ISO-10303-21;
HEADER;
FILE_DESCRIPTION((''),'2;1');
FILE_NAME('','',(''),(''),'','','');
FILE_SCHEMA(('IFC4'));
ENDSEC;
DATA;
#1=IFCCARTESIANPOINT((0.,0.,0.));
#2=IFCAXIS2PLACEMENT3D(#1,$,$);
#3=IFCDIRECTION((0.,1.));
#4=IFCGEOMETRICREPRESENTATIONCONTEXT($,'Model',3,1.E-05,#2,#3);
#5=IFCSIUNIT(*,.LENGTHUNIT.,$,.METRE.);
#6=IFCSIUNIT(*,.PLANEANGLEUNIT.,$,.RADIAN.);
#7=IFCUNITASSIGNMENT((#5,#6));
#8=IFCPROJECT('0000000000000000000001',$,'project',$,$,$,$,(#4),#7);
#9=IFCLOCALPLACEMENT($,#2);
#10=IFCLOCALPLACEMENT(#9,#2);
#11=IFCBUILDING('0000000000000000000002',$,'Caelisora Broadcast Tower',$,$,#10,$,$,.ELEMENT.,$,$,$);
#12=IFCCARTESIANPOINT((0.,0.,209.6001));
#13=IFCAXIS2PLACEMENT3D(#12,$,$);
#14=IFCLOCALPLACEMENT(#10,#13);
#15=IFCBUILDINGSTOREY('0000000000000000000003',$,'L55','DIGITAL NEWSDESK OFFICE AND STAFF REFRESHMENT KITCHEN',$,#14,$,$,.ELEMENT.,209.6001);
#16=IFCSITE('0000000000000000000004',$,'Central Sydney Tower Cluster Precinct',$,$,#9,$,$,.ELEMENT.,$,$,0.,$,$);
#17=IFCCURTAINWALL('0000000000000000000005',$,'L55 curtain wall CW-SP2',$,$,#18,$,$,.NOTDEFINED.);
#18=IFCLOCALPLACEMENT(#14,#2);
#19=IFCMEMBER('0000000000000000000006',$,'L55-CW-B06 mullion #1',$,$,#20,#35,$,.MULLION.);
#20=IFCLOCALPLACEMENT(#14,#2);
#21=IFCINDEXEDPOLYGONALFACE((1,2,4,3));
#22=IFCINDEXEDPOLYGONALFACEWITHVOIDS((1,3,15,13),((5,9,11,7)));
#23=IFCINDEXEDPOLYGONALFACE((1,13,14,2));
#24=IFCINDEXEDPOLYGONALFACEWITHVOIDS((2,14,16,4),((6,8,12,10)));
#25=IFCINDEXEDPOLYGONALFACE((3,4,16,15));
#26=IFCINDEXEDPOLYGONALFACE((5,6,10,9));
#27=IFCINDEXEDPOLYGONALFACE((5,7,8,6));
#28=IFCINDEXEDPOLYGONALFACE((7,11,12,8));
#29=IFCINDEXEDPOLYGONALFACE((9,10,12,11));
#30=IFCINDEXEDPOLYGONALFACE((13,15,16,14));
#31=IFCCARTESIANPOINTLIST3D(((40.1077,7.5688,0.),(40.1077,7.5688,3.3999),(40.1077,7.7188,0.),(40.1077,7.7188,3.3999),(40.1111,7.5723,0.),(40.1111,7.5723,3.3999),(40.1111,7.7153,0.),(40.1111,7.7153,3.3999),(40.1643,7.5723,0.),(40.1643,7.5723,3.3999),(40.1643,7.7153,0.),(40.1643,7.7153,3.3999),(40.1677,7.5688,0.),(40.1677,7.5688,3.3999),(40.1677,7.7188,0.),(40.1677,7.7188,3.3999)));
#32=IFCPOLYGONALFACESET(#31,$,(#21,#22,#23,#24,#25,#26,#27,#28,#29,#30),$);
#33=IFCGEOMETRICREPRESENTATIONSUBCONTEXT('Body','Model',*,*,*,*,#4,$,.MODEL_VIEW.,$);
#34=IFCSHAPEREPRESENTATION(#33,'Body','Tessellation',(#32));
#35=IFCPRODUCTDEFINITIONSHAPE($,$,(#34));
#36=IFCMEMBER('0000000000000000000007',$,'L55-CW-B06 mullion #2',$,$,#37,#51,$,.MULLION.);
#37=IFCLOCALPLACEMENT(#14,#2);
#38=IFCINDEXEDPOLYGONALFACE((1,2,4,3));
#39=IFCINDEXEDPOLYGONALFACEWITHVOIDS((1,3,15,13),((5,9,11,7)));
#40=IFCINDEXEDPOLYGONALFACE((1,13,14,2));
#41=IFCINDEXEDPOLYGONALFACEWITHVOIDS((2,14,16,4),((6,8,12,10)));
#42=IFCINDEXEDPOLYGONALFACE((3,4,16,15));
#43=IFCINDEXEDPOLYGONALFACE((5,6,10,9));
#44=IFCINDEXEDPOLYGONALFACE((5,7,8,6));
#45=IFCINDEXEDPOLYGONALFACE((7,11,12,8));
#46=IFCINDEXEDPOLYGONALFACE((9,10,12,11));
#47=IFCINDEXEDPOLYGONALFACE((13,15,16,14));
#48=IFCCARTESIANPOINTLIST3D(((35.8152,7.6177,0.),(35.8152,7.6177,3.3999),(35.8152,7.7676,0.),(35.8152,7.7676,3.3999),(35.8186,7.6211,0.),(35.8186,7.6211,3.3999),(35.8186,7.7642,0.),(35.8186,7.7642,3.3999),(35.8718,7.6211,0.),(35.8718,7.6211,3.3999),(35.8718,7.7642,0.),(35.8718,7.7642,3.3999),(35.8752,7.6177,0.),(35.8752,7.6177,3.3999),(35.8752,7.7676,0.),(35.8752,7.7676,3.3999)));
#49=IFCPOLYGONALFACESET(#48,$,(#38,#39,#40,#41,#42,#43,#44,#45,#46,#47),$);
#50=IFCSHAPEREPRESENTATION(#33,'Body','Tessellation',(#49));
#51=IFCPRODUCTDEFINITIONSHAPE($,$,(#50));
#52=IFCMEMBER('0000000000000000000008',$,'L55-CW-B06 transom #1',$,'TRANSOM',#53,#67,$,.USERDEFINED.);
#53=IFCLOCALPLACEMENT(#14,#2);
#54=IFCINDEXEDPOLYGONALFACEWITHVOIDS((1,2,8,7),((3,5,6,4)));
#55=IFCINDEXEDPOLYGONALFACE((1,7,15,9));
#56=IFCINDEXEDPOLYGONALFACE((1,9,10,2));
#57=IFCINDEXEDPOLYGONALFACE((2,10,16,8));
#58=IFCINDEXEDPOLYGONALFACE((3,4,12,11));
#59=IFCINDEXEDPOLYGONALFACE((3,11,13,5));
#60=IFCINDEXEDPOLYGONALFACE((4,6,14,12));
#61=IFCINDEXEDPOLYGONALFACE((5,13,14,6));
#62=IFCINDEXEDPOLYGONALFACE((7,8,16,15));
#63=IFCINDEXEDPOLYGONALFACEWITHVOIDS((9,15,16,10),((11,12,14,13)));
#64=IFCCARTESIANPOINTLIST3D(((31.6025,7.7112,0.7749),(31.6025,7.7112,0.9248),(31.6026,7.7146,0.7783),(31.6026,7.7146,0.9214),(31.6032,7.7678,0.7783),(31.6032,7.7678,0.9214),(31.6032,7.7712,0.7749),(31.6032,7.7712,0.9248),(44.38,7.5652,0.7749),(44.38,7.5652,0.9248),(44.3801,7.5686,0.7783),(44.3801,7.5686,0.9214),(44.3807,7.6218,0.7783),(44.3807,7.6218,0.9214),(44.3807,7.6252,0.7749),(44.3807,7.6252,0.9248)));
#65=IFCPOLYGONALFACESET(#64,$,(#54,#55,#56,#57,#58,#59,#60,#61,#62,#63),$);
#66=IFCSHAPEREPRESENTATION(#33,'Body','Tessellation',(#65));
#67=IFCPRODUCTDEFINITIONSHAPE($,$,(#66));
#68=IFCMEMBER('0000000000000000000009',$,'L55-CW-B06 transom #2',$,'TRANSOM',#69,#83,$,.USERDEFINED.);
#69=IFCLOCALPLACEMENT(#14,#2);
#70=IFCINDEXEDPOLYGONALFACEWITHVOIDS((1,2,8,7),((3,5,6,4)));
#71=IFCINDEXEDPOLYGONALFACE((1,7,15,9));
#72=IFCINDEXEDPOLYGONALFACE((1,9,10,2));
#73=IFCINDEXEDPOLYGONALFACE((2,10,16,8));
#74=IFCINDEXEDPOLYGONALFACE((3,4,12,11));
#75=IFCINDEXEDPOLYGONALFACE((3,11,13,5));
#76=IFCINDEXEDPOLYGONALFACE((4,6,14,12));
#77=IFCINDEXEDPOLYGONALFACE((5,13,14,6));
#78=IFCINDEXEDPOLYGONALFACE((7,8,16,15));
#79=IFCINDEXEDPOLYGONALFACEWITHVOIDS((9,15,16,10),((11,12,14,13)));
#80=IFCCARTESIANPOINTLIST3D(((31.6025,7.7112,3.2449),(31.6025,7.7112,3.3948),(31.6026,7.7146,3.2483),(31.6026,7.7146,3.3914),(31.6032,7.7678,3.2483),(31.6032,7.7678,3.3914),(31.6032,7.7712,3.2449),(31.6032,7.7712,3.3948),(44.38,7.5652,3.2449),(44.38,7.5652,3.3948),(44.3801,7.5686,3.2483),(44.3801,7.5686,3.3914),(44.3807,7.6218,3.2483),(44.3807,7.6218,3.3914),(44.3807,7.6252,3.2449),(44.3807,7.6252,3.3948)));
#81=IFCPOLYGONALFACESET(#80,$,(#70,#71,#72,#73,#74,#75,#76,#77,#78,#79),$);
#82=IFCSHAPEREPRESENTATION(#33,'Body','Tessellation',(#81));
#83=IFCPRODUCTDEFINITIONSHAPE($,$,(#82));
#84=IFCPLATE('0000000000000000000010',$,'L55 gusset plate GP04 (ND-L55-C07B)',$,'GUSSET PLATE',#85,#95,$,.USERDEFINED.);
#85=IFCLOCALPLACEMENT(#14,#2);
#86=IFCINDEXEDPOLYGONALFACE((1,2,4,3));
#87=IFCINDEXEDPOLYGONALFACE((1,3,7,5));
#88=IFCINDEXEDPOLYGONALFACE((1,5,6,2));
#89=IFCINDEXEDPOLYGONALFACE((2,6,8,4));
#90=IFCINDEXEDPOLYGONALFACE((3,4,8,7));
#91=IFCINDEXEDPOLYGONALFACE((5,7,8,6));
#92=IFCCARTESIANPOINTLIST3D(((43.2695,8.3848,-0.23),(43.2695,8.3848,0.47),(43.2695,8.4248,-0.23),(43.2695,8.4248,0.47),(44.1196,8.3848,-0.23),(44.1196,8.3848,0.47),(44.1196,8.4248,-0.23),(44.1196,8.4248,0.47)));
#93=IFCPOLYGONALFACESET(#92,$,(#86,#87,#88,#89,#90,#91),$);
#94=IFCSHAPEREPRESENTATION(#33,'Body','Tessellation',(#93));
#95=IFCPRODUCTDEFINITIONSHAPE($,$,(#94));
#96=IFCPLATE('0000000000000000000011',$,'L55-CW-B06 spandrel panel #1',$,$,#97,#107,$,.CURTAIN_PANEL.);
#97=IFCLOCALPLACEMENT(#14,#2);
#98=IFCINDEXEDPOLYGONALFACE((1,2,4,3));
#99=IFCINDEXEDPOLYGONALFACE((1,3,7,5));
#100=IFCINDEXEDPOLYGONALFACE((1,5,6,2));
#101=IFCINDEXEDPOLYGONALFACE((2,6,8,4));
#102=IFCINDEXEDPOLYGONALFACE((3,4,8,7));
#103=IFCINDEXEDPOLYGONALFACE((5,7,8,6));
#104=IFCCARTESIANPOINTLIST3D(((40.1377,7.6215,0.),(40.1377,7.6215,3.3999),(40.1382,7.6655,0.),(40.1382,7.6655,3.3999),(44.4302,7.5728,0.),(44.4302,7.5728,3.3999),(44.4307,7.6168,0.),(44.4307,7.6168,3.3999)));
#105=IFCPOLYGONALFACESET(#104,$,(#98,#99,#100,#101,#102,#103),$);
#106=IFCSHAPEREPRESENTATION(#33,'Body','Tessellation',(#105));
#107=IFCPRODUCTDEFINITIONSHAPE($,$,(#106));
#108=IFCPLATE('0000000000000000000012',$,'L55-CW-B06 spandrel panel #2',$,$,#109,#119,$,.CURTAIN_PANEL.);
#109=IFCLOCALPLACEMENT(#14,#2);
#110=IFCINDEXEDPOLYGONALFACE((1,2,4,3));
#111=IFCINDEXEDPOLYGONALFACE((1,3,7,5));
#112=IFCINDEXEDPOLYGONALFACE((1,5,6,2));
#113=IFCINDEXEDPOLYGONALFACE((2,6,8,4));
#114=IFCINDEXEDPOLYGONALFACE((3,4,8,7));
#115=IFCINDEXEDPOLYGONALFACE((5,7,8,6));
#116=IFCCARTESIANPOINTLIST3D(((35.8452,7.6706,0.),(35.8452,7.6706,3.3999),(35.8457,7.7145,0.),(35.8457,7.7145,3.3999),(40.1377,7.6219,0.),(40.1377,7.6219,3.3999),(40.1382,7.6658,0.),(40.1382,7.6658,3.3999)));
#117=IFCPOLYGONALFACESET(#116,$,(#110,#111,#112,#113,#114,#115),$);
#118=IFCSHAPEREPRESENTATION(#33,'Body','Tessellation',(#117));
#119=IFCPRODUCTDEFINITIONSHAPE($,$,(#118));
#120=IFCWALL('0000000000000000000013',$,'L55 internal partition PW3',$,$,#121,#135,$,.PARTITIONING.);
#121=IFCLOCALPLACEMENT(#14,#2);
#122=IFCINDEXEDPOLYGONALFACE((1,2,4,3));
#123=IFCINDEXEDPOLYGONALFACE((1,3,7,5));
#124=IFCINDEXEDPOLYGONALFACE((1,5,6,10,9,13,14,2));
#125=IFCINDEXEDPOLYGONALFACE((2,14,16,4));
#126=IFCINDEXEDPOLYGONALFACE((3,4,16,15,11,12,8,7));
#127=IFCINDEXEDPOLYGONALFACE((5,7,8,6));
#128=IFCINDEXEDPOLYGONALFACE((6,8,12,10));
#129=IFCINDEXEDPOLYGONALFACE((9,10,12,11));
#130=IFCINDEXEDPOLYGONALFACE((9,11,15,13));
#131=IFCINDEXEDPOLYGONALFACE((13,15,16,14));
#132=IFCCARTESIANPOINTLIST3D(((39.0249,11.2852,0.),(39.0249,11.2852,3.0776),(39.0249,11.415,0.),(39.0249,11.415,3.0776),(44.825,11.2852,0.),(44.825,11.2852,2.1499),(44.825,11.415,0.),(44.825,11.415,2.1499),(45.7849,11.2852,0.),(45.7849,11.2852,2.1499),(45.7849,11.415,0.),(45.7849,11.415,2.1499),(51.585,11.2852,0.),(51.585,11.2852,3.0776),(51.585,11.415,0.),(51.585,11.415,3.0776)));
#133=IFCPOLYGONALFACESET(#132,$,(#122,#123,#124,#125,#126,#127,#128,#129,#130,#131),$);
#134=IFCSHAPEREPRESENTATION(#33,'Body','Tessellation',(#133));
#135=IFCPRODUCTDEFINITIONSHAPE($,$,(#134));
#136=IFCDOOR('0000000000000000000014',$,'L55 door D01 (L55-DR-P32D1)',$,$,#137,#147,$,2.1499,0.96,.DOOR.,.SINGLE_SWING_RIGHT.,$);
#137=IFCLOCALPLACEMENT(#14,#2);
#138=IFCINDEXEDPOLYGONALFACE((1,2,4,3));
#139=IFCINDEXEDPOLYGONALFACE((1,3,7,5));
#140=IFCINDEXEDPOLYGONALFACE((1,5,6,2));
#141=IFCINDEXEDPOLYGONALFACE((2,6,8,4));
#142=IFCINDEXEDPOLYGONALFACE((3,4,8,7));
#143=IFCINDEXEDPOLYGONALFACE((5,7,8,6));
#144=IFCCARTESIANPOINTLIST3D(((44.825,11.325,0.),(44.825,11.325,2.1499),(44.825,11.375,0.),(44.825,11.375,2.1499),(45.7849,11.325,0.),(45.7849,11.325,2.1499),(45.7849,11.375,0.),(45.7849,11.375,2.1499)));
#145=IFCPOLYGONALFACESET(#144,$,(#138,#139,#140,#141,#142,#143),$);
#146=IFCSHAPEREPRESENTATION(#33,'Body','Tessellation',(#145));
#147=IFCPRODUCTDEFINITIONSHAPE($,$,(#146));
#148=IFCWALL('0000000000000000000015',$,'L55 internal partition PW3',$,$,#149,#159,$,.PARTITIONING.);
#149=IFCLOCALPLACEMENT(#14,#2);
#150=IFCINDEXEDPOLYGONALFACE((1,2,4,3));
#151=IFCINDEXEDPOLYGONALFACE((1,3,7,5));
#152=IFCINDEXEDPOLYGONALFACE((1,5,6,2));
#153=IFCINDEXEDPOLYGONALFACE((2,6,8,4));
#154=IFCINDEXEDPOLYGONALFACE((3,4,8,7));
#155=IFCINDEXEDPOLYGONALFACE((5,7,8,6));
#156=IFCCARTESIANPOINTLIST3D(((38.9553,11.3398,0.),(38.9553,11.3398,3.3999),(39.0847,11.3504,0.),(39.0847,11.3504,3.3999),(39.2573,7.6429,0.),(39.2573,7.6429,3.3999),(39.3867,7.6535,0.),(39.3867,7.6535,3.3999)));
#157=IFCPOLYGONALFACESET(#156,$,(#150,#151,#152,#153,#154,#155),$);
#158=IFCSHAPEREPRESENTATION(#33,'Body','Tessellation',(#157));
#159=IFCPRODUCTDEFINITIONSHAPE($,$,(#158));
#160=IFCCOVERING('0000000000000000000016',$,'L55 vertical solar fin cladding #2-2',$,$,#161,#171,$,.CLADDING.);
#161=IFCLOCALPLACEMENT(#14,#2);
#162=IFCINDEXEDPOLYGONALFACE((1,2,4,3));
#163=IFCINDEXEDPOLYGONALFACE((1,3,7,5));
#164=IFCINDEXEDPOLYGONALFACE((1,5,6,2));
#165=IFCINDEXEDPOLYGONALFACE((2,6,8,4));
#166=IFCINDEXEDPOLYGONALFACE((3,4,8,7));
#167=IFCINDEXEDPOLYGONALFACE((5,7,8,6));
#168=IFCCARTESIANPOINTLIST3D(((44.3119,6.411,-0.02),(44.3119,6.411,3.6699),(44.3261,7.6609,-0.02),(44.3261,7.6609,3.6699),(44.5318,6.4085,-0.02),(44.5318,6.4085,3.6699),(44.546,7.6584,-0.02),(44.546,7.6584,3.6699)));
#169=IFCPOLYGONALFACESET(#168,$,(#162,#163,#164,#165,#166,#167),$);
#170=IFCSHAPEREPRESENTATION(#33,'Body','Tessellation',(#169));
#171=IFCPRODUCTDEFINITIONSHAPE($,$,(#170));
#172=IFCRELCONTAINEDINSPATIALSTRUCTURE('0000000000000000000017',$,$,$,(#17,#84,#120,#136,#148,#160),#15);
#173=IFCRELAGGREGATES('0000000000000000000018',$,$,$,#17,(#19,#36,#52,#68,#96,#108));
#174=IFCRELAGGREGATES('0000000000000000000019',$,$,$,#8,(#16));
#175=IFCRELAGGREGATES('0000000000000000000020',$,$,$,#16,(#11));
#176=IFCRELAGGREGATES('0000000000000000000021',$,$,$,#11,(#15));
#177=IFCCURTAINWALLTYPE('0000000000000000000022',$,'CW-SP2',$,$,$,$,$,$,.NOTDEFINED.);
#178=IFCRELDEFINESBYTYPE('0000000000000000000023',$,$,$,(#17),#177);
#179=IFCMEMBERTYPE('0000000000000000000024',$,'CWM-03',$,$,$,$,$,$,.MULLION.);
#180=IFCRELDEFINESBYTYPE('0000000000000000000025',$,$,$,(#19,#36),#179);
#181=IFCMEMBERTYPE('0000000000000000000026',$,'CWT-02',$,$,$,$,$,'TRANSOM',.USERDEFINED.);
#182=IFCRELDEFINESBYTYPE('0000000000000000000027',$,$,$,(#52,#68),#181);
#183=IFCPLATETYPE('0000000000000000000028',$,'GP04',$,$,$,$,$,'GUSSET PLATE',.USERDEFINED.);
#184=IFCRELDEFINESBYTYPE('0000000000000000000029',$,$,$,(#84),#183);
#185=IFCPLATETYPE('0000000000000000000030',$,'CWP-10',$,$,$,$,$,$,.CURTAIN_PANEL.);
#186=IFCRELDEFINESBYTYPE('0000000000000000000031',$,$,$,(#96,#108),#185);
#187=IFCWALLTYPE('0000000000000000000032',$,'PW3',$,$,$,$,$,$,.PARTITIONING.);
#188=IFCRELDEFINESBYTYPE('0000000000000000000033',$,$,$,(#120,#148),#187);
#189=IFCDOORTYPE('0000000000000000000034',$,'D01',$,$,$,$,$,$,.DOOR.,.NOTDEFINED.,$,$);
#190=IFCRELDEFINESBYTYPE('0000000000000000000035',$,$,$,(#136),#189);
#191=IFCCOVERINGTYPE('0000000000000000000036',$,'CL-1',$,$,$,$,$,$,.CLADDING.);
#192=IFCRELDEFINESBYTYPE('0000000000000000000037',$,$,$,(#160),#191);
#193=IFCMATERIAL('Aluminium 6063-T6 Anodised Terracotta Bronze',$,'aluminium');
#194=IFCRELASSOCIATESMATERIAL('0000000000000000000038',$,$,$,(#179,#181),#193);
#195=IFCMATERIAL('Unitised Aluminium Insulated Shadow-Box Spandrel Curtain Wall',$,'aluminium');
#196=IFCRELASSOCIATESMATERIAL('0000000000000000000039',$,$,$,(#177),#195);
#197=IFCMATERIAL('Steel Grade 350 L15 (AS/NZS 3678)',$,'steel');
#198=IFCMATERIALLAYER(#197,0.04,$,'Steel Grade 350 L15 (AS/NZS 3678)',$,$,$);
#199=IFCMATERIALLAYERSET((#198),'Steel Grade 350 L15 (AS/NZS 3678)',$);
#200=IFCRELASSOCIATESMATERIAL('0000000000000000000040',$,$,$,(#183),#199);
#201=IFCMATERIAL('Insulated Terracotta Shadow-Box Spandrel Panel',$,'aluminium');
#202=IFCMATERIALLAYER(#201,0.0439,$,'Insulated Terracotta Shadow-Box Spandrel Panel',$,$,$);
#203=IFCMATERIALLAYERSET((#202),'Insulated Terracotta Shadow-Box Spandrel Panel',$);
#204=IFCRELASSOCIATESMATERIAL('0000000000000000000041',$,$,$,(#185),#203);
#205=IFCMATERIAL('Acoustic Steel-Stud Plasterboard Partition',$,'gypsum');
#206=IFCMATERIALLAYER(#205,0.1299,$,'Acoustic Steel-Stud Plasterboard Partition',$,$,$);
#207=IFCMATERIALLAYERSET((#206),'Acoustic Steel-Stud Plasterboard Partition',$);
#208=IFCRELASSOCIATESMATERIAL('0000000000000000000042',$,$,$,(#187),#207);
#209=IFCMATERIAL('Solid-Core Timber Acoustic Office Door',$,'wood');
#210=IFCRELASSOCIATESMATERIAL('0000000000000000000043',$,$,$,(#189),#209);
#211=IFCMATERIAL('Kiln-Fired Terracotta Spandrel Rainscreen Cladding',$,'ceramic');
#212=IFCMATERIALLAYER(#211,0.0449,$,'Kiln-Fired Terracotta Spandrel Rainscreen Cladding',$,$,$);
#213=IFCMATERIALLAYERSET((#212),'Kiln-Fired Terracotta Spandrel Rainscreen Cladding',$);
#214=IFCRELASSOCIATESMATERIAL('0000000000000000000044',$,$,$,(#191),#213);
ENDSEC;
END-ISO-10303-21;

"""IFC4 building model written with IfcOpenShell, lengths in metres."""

from ifc_helpers import new_model, si_unit, direction, frame, frame_2d, origin, origin_2d, place, context, subcontext, project, spatial, rectangle, hollow_rectangle, extrude, source, transform, mapped, material, layer, layer_set, material_profile, profile_set, type_object, type_shapes, element, fill, aggregate, save


model = new_model("IFC4")

# Units and contexts
model_context = context("Model", 3, precision=1e-05, world=origin(), true_north=direction((0.0, 1.0)))
body_context = subcontext(model_context, "Body", "Model", "MODEL_VIEW")
ifc_project = project(units=[si_unit("LENGTHUNIT", "METRE"), si_unit("PLANEANGLEUNIT", "RADIAN")], contexts=[model_context])

# Site, building, storey
site_placement = place(None, origin())
site = spatial("IfcSite", under=ifc_project, at=site_placement, Name="Central Sydney Tower Cluster Precinct", CompositionType="ELEMENT", RefElevation=0.0)
building_placement = place(site_placement, origin())
building = spatial("IfcBuilding", under=site, at=building_placement, Name="Caelisora Broadcast Tower", CompositionType="ELEMENT")
storey_placement = place(building_placement, frame((0.0, 0.0, 209.6001)))
storey = spatial("IfcBuildingStorey", under=building, at=storey_placement, Name="L55", Description="DIGITAL NEWSDESK OFFICE AND STAFF REFRESHMENT KITCHEN", CompositionType="ELEMENT", Elevation=209.6001)

# Shared definitions
ifc_material_1 = material(Name="Steel Grade 350 L15 (AS/NZS 3678)", Category="steel")

# Shared definitions
ifc_material_2 = material(Name="Aluminium 6063-T6 Anodised Terracotta Bronze", Category="aluminium")
ifc_material_profile_1 = material_profile(ifc_material_2, hollow_rectangle(XDim=0.0601, YDim=0.1499, WallThickness=0.0034, at=origin_2d()), Name="Aluminium 6063-T6 Anodised Terracotta Bronze")
ifc_profile_set_1 = profile_set([ifc_material_profile_1], Name="Aluminium 6063-T6 Anodised Terracotta Bronze")
member_type_1 = type_object("IfcMemberType", Name="CWM-03", PredefinedType="MULLION", material=ifc_profile_set_1)
shared_shape_1 = source(origin(), body_context, "Body", "SweptSolid", [
    extrude(hollow_rectangle(XDim=0.0601, YDim=0.1499, WallThickness=0.0034, at=origin_2d()), origin(), (0.0, 0.0, 1.0), 3.3999),
])
type_shapes(member_type_1, [shared_shape_1])

# Curtain wall, members
ifc_material_3 = material(Name="Unitised Aluminium Insulated Shadow-Box Spandrel Curtain Wall", Category="aluminium")
curtain_wall_type_1 = type_object("IfcCurtainWallType", Name="CW-SP2", PredefinedType="NOTDEFINED", material=ifc_material_3)
curtain_wall_1_placement = place(storey_placement, origin())
curtain_wall_1 = element("IfcCurtainWall", 1, at=curtain_wall_1_placement, inside=storey, type_object=curtain_wall_type_1, Name="L55 curtain wall CW-SP2", PredefinedType="NOTDEFINED")
member_1_placement = place(storey_placement, frame((40.1377, 7.6438, 0.0), z_axis=(0.0, 0.0, 1.0), x_axis=(1.0, 0.0, 0.0)))
member_1 = element("IfcMember", 2, at=member_1_placement, type_object=member_type_1, Name="L55-CW-B06 mullion #1", PredefinedType="MULLION", context=body_context, shape_type="MappedRepresentation", body=[
    mapped(shared_shape_1, transform((0.0, 0.0, 0.0), scale=1.0)),
])
member_2_placement = place(storey_placement, frame((35.8452, 7.6926, 0.0), z_axis=(0.0, 0.0, 1.0), x_axis=(1.0, 0.0, 0.0)))
member_2 = element("IfcMember", 3, at=member_2_placement, type_object=member_type_1, Name="L55-CW-B06 mullion #2", PredefinedType="MULLION", context=body_context, shape_type="MappedRepresentation", body=[
    mapped(shared_shape_1, transform((0.0, 0.0, 0.0), scale=1.0)),
])
ifc_material_profile_2 = material_profile(ifc_material_2, hollow_rectangle(XDim=0.0601, YDim=0.1499, WallThickness=0.0034, at=origin_2d()), Name="Aluminium 6063-T6 Anodised Terracotta Bronze")
ifc_profile_set_2 = profile_set([ifc_material_profile_2], Name="Aluminium 6063-T6 Anodised Terracotta Bronze")
member_type_2 = type_object("IfcMemberType", Name="CWT-02", ElementType="TRANSOM", PredefinedType="USERDEFINED", material=ifc_profile_set_2)
shared_shape_2 = source(origin(), body_context, "Body", "SweptSolid", [
    extrude(hollow_rectangle(XDim=0.0601, YDim=0.1499, WallThickness=0.0034, at=origin_2d()), origin(), (0.0, 0.0, 1.0), 12.7783),
])
type_shapes(member_type_2, [shared_shape_2])
member_3_placement = place(storey_placement, frame((44.3804, 7.5952, 0.8499), z_axis=(-0.999935, 0.011425, 0.0), x_axis=(-0.011425, -0.999935, 0.0)))
member_3 = element("IfcMember", 4, at=member_3_placement, type_object=member_type_2, Name="L55-CW-B06 transom #1", ObjectType="TRANSOM", PredefinedType="USERDEFINED", context=body_context, shape_type="MappedRepresentation", body=[
    mapped(shared_shape_2, transform((0.0, 0.0, 0.0), scale=1.0)),
])
member_4_placement = place(storey_placement, frame((44.3804, 7.5952, 3.3198), z_axis=(-0.999935, 0.011425, 0.0), x_axis=(-0.011425, -0.999935, 0.0)))
member_4 = element("IfcMember", 5, at=member_4_placement, type_object=member_type_2, Name="L55-CW-B06 transom #2", ObjectType="TRANSOM", PredefinedType="USERDEFINED", context=body_context, shape_type="MappedRepresentation", body=[
    mapped(shared_shape_2, transform((0.0, 0.0, 0.0), scale=1.0)),
])

# Plates
ifc_layer_1 = layer(ifc_material_1, 0.04, Name="Steel Grade 350 L15 (AS/NZS 3678)")
ifc_layer_set_1 = layer_set([ifc_layer_1], Name="Steel Grade 350 L15 (AS/NZS 3678)")
plate_type_1 = type_object("IfcPlateType", Name="GP04", ElementType="GUSSET PLATE", PredefinedType="USERDEFINED", material=ifc_layer_set_1)
shared_shape_3 = source(origin(), body_context, "Body", "SweptSolid", [
    extrude(rectangle(XDim=0.8501, YDim=0.04, at=origin_2d()), origin(), (0.0, 0.0, 1.0), 0.7),
])
type_shapes(plate_type_1, [shared_shape_3])
plate_1_placement = place(storey_placement, frame((43.6946, 8.4048, -0.23), z_axis=(0.0, 0.0, 1.0), x_axis=(1.0, 0.0, 0.0)))
element("IfcPlate", 6, at=plate_1_placement, inside=storey, type_object=plate_type_1, Name="L55 gusset plate GP04 (ND-L55-C07B)", ObjectType="GUSSET PLATE", PredefinedType="USERDEFINED", context=body_context, shape_type="MappedRepresentation", body=[
    mapped(shared_shape_3, transform((0.0, 0.0, 0.0), scale=1.0)),
])
ifc_material_4 = material(Name="Insulated Terracotta Shadow-Box Spandrel Panel", Category="aluminium")
ifc_layer_2 = layer(ifc_material_4, 0.0439, Name="Insulated Terracotta Shadow-Box Spandrel Panel")
ifc_layer_set_2 = layer_set([ifc_layer_2], Name="Insulated Terracotta Shadow-Box Spandrel Panel")
plate_type_2 = type_object("IfcPlateType", Name="CWP-10", PredefinedType="CURTAIN_PANEL", material=ifc_layer_set_2)
shared_shape_4 = source(origin(), body_context, "Body", "SweptSolid", [
    extrude(rectangle(XDim=4.2927, YDim=0.0439, at=origin_2d()), origin(), (0.0, 0.0, 1.0), 3.3999),
])
type_shapes(plate_type_2, [shared_shape_4])
plate_2_placement = place(storey_placement, frame((42.2842, 7.6191, 0.0), z_axis=(0.0, 0.0, 1.0), x_axis=(-0.999936, 0.011344, 0.0)))
plate_2 = element("IfcPlate", 7, at=plate_2_placement, type_object=plate_type_2, Name="L55-CW-B06 spandrel panel #1", PredefinedType="CURTAIN_PANEL", context=body_context, shape_type="MappedRepresentation", body=[
    mapped(shared_shape_4, transform((0.0, 0.0, 0.0), scale=1.0)),
])
plate_3_placement = place(storey_placement, frame((37.9917, 7.6682, 0.0), z_axis=(0.0, 0.0, 1.0), x_axis=(-0.999936, 0.011344, 0.0)))
plate_3 = element("IfcPlate", 8, at=plate_3_placement, type_object=plate_type_2, Name="L55-CW-B06 spandrel panel #2", PredefinedType="CURTAIN_PANEL", context=body_context, shape_type="MappedRepresentation", body=[
    mapped(shared_shape_4, transform((0.0, 0.0, 0.0), scale=1.0)),
])
aggregate(curtain_wall_1, [member_1, member_2, member_3, member_4, plate_2, plate_3])

# Wall, opening, door
ifc_material_5 = material(Name="Acoustic Steel-Stud Plasterboard Partition", Category="gypsum")
ifc_layer_3 = layer(ifc_material_5, 0.1299, Name="Acoustic Steel-Stud Plasterboard Partition")
ifc_layer_set_3 = layer_set([ifc_layer_3], Name="Acoustic Steel-Stud Plasterboard Partition")
wall_type = type_object("IfcWallType", Name="PW3", PredefinedType="PARTITIONING", material=ifc_layer_set_3)
wall_1_placement = place(storey_placement, frame((39.0249, 11.3501, 0.0), z_axis=(0.0, 0.0, 1.0), x_axis=(1.0, 0.0, 0.0)))
wall_1 = element("IfcWall", 9, at=wall_1_placement, inside=storey, type_object=wall_type, Name="L55 internal partition PW3", PredefinedType="PARTITIONING", context=body_context, shape_type="SweptSolid", body=[
    extrude(rectangle(XDim=12.5601, YDim=0.1299, at=frame_2d((6.28, 0.0))), origin(), (0.0, 0.0, 1.0), 3.0776),
])
opening_placement = place(wall_1_placement, frame((5.8, 0.0, 0.0)))
opening = element("IfcOpeningElement", 10, at=opening_placement, cuts=wall_1, PredefinedType="OPENING", context=body_context, shape_type="SweptSolid", body=[
    extrude(rectangle(XDim=0.96, YDim=2.1499, at=frame_2d((0.48, 1.075))), frame((0.0, 0.0769, 0.0), z_axis=(0.0, -1.0, 0.0), x_axis=(1.0, 0.0, 0.0)), (0.0, 0.0, 1.0), 0.1538),
])
ifc_material_6 = material(Name="Solid-Core Timber Acoustic Office Door", Category="wood")
door_type = type_object("IfcDoorType", Name="D01", OperationType="NOTDEFINED", PredefinedType="DOOR", material=ifc_material_6)
door_placement = place(opening_placement, origin())
door = element("IfcDoor", 11, at=door_placement, inside=storey, type_object=door_type, Name="L55 door D01 (L55-DR-P32D1)", OperationType="SINGLE_SWING_RIGHT", OverallHeight=2.1499, OverallWidth=0.96, PredefinedType="DOOR", context=body_context, shape_type="SweptSolid", body=[
    extrude(rectangle(XDim=0.96, YDim=2.1499, at=frame_2d((0.48, 1.075))), frame((0.0, 0.0249, 0.0), z_axis=(0.0, -1.0, 0.0), x_axis=(1.0, 0.0, 0.0)), (0.0, 0.0, 1.0), 0.05),
])
fill(opening, door)

# Wall
wall_2_placement = place(storey_placement, frame((39.02, 11.345, 0.0), z_axis=(0.0, 0.0, 1.0), x_axis=(0.081417, -0.99668, 0.0)))
element("IfcWall", 12, at=wall_2_placement, inside=storey, type_object=wall_type, Name="L55 internal partition PW3", PredefinedType="PARTITIONING", context=body_context, shape_type="SweptSolid", body=[
    extrude(rectangle(XDim=3.7092, YDim=0.1299, at=frame_2d((1.8545, 0.0))), origin(), (0.0, 0.0, 1.0), 3.3999),
])

# Covering
ifc_material_7 = material(Name="Kiln-Fired Terracotta Spandrel Rainscreen Cladding", Category="ceramic")
ifc_layer_4 = layer(ifc_material_7, 0.0449, Name="Kiln-Fired Terracotta Spandrel Rainscreen Cladding")
ifc_layer_set_4 = layer_set([ifc_layer_4], Name="Kiln-Fired Terracotta Spandrel Rainscreen Cladding")
covering_type = type_object("IfcCoveringType", Name="CL-1", PredefinedType="CLADDING", material=ifc_layer_set_4)
shared_shape_5 = source(origin(), body_context, "Body", "SweptSolid", [
    extrude(rectangle(XDim=0.22, YDim=1.25, at=origin_2d()), origin(), (0.0, 0.0, 1.0), 3.6899),
])
type_shapes(covering_type, [shared_shape_5])
covering_placement = place(storey_placement, frame((44.429, 7.0347, -0.02), z_axis=(0.0, 0.0, 1.0), x_axis=(-0.999936, 0.011344, 0.0)))
element("IfcCovering", 13, at=covering_placement, inside=storey, type_object=covering_type, Name="L55 vertical solar fin cladding #2-2", PredefinedType="CLADDING", context=body_context, shape_type="MappedRepresentation", body=[
    mapped(shared_shape_5, transform((0.0, 0.0, 0.0), scale=1.0)),
])

save(model, "model.ifc")
